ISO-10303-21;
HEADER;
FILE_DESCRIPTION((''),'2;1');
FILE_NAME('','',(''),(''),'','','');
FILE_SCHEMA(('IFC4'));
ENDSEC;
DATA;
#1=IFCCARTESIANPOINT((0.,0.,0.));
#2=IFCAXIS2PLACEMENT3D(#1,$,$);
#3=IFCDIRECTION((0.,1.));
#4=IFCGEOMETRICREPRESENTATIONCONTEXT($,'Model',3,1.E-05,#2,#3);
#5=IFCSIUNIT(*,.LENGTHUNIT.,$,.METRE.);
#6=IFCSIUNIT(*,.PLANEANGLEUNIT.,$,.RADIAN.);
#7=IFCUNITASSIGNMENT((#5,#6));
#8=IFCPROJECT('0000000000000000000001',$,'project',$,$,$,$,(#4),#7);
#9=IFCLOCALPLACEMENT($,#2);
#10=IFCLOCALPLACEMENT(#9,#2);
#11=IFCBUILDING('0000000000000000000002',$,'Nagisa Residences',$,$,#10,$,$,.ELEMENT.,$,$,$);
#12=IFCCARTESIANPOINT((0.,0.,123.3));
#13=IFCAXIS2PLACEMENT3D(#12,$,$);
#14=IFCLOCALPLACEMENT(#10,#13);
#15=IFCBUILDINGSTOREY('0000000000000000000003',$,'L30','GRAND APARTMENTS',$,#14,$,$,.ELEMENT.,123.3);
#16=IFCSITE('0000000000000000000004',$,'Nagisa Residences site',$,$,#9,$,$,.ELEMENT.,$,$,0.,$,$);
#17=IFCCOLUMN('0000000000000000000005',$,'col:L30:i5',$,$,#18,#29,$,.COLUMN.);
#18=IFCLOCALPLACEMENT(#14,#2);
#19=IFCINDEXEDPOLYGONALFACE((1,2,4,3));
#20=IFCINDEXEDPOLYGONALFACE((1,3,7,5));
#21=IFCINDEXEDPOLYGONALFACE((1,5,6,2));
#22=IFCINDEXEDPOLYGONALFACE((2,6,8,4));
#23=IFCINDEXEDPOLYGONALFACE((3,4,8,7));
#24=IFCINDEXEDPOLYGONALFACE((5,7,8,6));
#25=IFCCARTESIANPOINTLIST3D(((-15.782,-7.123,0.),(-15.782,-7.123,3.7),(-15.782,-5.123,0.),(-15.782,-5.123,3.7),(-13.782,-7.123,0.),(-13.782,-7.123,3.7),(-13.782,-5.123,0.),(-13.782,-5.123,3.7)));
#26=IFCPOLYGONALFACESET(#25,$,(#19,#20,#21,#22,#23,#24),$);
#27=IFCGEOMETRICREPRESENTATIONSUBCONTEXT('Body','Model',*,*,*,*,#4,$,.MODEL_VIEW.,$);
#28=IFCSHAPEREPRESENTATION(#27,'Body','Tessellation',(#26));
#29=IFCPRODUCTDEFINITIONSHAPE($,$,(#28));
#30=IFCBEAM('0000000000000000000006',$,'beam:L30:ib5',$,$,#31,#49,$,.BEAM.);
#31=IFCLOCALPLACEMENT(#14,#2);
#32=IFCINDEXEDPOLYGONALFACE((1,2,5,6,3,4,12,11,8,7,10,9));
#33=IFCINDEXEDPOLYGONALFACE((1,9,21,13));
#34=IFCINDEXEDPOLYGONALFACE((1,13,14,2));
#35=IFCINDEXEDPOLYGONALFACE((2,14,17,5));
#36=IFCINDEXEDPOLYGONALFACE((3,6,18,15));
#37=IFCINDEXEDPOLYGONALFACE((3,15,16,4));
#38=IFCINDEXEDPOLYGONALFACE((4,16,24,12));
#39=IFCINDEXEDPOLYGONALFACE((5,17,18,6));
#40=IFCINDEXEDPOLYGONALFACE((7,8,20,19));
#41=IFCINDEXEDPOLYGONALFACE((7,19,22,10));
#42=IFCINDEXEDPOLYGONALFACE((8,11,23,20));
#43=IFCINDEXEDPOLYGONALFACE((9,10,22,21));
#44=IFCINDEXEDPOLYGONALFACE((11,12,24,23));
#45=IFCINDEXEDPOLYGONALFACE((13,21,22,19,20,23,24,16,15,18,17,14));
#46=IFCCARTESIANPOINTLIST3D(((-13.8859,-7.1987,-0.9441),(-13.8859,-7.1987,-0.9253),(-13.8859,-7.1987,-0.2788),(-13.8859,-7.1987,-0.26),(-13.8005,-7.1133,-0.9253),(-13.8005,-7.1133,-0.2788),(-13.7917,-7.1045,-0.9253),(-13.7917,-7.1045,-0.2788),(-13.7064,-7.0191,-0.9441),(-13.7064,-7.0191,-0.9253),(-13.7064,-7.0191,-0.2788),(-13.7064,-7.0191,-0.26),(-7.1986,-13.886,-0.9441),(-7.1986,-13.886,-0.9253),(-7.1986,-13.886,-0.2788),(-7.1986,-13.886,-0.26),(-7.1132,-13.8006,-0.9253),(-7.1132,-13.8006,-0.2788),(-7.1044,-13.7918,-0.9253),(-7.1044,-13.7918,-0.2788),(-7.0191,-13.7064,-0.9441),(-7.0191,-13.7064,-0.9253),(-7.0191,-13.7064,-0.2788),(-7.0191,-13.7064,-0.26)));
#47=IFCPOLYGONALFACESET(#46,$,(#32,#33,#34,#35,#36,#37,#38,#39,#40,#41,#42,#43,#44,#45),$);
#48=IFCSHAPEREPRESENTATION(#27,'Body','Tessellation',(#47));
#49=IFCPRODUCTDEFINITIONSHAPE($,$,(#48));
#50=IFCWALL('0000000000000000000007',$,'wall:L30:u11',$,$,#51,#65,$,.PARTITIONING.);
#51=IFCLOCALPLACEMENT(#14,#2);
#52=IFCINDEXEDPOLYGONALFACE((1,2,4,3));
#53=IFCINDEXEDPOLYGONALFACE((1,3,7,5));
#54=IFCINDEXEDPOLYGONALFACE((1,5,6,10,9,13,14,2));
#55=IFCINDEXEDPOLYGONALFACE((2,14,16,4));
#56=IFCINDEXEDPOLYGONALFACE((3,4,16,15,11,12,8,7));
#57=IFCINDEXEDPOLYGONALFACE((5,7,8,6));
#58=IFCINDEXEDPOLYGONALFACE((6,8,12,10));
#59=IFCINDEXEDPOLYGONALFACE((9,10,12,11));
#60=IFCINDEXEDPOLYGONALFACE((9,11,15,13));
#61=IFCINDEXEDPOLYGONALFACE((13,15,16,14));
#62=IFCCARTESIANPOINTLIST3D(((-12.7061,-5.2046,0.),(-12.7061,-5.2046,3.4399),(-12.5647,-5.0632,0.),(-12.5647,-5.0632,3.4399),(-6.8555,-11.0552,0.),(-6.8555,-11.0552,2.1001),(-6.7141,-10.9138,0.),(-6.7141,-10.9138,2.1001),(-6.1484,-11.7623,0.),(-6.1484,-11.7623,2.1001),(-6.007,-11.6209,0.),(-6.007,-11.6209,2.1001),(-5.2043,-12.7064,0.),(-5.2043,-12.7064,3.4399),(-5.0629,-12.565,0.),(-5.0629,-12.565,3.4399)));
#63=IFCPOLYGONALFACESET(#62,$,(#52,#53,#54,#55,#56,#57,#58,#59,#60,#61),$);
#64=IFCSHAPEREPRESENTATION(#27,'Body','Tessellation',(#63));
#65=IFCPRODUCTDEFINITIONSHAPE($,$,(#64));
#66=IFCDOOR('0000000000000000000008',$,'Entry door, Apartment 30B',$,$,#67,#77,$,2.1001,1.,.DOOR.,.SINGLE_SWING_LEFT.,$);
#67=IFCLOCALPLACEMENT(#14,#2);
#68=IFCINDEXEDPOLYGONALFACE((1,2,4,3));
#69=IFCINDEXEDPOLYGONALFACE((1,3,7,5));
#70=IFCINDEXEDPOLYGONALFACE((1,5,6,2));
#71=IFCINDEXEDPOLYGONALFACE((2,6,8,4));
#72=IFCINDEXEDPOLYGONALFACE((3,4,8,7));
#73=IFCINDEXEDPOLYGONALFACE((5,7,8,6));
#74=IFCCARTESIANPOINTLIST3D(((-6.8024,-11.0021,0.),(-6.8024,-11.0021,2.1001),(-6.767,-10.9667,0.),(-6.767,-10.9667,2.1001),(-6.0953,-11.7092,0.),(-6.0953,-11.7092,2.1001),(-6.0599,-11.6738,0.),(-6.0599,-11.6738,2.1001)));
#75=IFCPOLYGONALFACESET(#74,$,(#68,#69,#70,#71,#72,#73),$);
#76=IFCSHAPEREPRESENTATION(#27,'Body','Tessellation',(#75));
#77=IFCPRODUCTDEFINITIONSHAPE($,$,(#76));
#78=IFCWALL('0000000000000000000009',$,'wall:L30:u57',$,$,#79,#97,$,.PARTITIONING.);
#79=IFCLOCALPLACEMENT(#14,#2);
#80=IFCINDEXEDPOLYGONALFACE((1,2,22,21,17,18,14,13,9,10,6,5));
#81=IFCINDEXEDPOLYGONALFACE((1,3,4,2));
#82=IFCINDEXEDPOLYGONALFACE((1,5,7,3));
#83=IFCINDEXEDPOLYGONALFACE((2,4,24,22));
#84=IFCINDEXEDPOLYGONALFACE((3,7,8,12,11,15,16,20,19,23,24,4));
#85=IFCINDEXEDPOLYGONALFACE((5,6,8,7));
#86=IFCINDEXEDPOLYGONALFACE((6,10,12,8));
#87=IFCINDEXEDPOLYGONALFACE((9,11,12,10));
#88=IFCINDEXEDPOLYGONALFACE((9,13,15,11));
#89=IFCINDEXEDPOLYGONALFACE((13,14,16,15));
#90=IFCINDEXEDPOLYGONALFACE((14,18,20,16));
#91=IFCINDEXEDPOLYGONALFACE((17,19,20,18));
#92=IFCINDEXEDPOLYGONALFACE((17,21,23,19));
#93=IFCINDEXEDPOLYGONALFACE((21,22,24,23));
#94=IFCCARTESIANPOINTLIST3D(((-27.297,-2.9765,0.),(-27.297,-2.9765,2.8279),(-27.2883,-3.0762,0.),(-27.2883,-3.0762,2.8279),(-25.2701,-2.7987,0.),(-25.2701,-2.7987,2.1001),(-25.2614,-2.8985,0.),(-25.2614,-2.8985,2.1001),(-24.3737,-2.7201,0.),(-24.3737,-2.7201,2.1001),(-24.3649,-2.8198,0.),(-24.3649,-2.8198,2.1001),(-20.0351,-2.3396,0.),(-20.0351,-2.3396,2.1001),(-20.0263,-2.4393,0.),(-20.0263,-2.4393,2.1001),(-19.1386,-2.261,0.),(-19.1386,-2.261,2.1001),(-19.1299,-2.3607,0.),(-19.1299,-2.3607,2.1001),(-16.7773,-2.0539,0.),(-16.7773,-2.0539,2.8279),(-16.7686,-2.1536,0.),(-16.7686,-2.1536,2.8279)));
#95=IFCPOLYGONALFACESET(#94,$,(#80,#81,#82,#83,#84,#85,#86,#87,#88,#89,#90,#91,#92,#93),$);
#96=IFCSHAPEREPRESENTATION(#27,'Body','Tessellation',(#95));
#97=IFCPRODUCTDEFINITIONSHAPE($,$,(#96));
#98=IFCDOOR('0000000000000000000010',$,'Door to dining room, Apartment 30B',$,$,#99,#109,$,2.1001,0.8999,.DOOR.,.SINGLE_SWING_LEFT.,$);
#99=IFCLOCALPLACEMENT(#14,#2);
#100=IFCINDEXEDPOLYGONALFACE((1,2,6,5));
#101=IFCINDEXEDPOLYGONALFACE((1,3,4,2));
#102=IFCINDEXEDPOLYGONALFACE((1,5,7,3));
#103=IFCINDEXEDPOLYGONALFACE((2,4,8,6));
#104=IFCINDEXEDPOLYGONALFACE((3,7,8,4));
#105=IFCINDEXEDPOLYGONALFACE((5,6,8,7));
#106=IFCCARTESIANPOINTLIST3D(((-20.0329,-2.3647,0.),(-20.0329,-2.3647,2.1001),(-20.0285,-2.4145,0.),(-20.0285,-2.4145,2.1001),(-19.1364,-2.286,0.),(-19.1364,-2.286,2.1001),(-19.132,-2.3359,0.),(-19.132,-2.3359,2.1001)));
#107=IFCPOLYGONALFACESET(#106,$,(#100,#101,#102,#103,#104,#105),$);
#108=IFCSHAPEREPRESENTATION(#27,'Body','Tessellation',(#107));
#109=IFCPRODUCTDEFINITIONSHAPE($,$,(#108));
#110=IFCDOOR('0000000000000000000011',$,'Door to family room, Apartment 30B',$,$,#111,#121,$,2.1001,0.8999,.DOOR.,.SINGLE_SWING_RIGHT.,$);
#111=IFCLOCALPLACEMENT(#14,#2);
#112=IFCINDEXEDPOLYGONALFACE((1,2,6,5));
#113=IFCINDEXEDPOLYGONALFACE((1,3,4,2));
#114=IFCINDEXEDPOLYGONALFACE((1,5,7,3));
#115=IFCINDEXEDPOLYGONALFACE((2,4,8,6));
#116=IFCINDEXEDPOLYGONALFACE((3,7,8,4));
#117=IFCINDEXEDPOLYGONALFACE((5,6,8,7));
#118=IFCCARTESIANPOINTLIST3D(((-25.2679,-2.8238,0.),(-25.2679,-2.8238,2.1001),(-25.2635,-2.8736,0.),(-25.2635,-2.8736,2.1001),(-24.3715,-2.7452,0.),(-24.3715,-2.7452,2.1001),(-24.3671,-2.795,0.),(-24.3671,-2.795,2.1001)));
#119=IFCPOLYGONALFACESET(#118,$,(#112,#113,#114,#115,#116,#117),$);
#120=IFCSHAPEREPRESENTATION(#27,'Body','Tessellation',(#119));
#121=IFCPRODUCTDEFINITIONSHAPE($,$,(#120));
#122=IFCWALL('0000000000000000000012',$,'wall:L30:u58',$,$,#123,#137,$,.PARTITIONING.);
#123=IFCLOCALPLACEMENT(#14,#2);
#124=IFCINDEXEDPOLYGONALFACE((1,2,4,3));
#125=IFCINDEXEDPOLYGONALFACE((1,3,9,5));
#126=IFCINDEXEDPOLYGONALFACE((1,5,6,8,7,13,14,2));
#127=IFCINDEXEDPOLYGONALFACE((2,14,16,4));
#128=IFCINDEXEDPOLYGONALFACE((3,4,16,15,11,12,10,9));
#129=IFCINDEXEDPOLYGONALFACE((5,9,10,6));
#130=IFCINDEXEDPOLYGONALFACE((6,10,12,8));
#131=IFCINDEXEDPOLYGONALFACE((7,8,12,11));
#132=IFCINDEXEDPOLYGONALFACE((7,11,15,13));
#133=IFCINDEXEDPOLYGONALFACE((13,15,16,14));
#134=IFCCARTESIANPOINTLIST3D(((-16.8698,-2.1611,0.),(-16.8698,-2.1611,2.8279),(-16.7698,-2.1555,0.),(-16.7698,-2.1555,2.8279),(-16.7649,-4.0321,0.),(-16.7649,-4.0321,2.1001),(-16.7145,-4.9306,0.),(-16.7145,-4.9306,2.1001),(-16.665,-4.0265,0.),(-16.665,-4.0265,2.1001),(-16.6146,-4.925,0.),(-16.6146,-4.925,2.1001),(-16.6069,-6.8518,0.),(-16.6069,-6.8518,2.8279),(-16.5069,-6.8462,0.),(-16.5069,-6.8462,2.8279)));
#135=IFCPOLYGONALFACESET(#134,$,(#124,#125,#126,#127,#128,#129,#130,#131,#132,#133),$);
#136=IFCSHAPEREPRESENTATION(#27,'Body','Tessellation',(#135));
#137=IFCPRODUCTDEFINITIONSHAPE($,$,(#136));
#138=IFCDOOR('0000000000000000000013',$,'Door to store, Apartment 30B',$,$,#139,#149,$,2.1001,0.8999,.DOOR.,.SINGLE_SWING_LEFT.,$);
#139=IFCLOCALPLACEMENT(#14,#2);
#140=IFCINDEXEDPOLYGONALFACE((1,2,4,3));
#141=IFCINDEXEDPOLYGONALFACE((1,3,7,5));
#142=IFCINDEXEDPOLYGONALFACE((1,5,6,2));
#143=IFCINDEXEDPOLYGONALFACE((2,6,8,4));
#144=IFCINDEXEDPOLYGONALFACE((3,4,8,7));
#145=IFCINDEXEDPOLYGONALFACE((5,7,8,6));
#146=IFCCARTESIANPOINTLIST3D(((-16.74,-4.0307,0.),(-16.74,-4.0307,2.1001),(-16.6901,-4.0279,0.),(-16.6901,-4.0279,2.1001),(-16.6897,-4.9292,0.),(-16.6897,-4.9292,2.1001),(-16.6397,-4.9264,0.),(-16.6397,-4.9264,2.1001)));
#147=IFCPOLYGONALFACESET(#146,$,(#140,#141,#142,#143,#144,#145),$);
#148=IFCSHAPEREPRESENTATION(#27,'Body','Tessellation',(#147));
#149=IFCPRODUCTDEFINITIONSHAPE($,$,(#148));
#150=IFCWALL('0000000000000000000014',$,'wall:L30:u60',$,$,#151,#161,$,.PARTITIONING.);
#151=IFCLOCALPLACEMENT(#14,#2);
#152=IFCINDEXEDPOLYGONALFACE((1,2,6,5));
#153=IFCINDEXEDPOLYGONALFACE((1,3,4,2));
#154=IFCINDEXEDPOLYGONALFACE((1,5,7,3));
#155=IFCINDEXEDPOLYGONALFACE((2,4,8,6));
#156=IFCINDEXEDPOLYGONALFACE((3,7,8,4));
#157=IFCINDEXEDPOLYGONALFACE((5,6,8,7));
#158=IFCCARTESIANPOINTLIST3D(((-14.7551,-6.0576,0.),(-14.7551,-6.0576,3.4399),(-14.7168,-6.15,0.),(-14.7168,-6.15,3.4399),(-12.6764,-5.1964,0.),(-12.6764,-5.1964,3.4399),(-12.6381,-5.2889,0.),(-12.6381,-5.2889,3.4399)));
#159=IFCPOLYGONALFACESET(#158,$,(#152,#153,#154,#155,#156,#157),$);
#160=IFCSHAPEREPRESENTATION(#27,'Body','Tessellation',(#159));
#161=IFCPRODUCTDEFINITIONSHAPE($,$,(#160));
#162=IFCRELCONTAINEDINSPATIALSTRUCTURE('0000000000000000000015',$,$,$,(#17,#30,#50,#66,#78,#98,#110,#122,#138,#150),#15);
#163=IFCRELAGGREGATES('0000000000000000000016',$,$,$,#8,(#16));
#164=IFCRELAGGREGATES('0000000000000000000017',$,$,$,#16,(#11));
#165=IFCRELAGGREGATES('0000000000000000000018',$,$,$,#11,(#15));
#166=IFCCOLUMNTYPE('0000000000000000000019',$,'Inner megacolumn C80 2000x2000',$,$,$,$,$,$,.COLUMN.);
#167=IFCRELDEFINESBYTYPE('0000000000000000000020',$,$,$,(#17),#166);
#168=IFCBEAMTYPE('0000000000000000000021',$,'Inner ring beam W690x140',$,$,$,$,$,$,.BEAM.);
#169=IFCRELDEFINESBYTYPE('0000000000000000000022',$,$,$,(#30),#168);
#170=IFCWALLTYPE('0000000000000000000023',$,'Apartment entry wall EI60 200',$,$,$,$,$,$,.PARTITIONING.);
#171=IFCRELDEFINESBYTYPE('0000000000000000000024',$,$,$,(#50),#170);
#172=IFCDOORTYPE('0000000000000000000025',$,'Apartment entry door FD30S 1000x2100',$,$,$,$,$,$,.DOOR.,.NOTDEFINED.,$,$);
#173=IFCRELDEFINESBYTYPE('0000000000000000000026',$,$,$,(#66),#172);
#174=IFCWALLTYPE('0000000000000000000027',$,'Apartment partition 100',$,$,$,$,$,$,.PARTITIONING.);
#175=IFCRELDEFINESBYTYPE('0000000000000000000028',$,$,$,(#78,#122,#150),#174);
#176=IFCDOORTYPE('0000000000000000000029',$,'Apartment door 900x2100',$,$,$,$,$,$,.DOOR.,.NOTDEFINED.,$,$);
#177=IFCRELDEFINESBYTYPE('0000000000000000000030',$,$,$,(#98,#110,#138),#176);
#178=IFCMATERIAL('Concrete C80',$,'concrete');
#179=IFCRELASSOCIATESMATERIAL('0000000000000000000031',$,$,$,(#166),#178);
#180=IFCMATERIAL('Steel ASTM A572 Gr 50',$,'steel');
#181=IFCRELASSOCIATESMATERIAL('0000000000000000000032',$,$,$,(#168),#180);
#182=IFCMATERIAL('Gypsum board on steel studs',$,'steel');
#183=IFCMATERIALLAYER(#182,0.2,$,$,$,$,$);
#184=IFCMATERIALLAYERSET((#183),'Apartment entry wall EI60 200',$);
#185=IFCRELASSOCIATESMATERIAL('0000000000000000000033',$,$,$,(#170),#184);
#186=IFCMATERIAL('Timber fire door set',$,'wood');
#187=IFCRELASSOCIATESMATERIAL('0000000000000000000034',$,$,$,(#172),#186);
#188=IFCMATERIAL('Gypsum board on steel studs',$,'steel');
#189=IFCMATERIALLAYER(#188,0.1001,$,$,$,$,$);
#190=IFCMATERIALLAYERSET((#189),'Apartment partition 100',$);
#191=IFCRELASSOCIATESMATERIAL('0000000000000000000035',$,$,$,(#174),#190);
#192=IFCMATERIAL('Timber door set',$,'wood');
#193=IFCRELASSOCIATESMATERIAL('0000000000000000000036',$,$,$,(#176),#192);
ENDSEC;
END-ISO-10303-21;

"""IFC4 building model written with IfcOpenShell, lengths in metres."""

from ifc_helpers import new_model, si_unit, direction, frame, frame_2d, origin, origin_2d, place, context, subcontext, project, spatial, rectangle, i_section, extrude, material, layer, layer_set, material_profile, profile_set, type_object, element, fill, save


model = new_model("IFC4")

# Units and contexts
model_context = context("Model", 3, precision=1e-05, world=origin(), true_north=direction((0.0, 1.0)))
body_context = subcontext(model_context, "Body", "Model", "MODEL_VIEW")
ifc_project = project(units=[si_unit("LENGTHUNIT", "METRE"), si_unit("PLANEANGLEUNIT", "RADIAN")], contexts=[model_context])

# Site, building, storey
site_placement = place(None, origin())
site = spatial("IfcSite", under=ifc_project, at=site_placement, Name="Nagisa Residences site", CompositionType="ELEMENT", RefElevation=0.0)
building_placement = place(site_placement, origin())
building = spatial("IfcBuilding", under=site, at=building_placement, Name="Nagisa Residences", CompositionType="ELEMENT")
storey_placement = place(building_placement, frame((0.0, 0.0, 123.3)))
storey = spatial("IfcBuildingStorey", under=building, at=storey_placement, Name="L30", Description="GRAND APARTMENTS", CompositionType="ELEMENT", Elevation=123.3)

# Column
ifc_material_1 = material(Name="Concrete C80", Category="concrete")
ifc_material_profile_1 = material_profile(ifc_material_1, rectangle(XDim=2.0, YDim=2.0, at=origin_2d()), Name="C80 2000x2000")
ifc_profile_set_1 = profile_set([ifc_material_profile_1], Name="Concrete C80")
column_type = type_object("IfcColumnType", Name="Inner megacolumn C80 2000x2000", PredefinedType="COLUMN", material=ifc_profile_set_1)
column_placement = place(storey_placement, frame((-14.782, -6.123, 0.0), z_axis=(0.0, 0.0, 1.0), x_axis=(1.0, 0.0, 0.0)))
element("IfcColumn", 1, at=column_placement, inside=storey, type_object=column_type, Name="col:L30:i5", PredefinedType="COLUMN", context=body_context, shape_type="SweptSolid", body=[
    extrude(rectangle(XDim=2.0, YDim=2.0, at=origin_2d()), origin(), (0.0, 0.0, 1.0), 3.7),
])

# Beam
ifc_material_2 = material(Name="Steel ASTM A572 Gr 50", Category="steel")
ifc_material_profile_2 = material_profile(ifc_material_2, i_section(OverallWidth=0.2539, OverallDepth=0.6841, WebThickness=0.0125, FlangeThickness=0.0188, at=origin_2d()), Name="W690x140")
ifc_profile_set_2 = profile_set([ifc_material_profile_2], Name="Steel ASTM A572 Gr 50")
beam_type = type_object("IfcBeamType", Name="Inner ring beam W690x140", PredefinedType="BEAM", material=ifc_profile_set_2)
beam_placement = place(storey_placement, frame((-13.7961, -7.1089, -0.6021), z_axis=(0.707107, -0.707107, 0.0), x_axis=(0.707107, 0.707107, 0.0)))
element("IfcBeam", 2, at=beam_placement, inside=storey, type_object=beam_type, Name="beam:L30:ib5", PredefinedType="BEAM", context=body_context, shape_type="SweptSolid", body=[
    extrude(i_section(OverallWidth=0.2539, OverallDepth=0.6841, WebThickness=0.0125, FlangeThickness=0.0188, at=origin_2d()), origin(), (0.0, 0.0, 1.0), 9.4573),
])

# Wall, opening, door
ifc_material_3 = material(Name="Gypsum board on steel studs", Category="steel")
ifc_layer_1 = layer(ifc_material_3, 0.2)
ifc_layer_set_1 = layer_set([ifc_layer_1], Name="Apartment entry wall EI60 200")
wall_type_1 = type_object("IfcWallType", Name="Apartment entry wall EI60 200", PredefinedType="PARTITIONING", material=ifc_layer_set_1)
wall_1_placement = place(storey_placement, frame((-12.6355, -5.1338, 0.0), z_axis=(0.0, 0.0, 1.0), x_axis=(0.707107, -0.707107, 0.0)))
wall_1 = element("IfcWall", 3, at=wall_1_placement, inside=storey, type_object=wall_type_1, Name="wall:L30:u11", PredefinedType="PARTITIONING", context=body_context, shape_type="SweptSolid", body=[
    extrude(rectangle(XDim=10.6091, YDim=0.2, at=frame_2d((5.3047, 0.0))), origin(), (0.0, 0.0, 1.0), 3.4399),
])
opening_1_placement = place(wall_1_placement, frame((8.2742, 0.0, 0.0)))
opening_1 = element("IfcOpeningElement", 4, at=opening_1_placement, cuts=wall_1, PredefinedType="OPENING", context=body_context, shape_type="SweptSolid", body=[
    extrude(rectangle(XDim=1.0, YDim=2.1001, at=frame_2d((0.5, 1.05))), frame((0.0, 0.1099, 0.0), z_axis=(0.0, -1.0, 0.0), x_axis=(1.0, 0.0, 0.0)), (0.0, 0.0, 1.0), 0.22),
])
ifc_material_4 = material(Name="Timber fire door set", Category="wood")
door_type_1 = type_object("IfcDoorType", Name="Apartment entry door FD30S 1000x2100", OperationType="NOTDEFINED", PredefinedType="DOOR", material=ifc_material_4)
door_1_placement = place(opening_1_placement, frame((1.0, 0.0, 0.0), x_axis=(-1.0, 0.0, 0.0)))
door_1 = element("IfcDoor", 5, at=door_1_placement, inside=storey, type_object=door_type_1, Name="Entry door, Apartment 30B", OperationType="SINGLE_SWING_LEFT", OverallHeight=2.1001, OverallWidth=1.0, PredefinedType="DOOR", context=body_context, shape_type="SweptSolid", body=[
    extrude(rectangle(XDim=1.0, YDim=2.1001, at=frame_2d((0.5, 1.05))), frame((0.0, 0.0249, 0.0), z_axis=(0.0, -1.0, 0.0), x_axis=(1.0, 0.0, 0.0)), (0.0, 0.0, 1.0), 0.05),
])
fill(opening_1, door_1)

# Wall, openings, doors
ifc_material_5 = material(Name="Gypsum board on steel studs", Category="steel")
ifc_layer_2 = layer(ifc_material_5, 0.1001)
ifc_layer_set_2 = layer_set([ifc_layer_2], Name="Apartment partition 100")
wall_type_2 = type_object("IfcWallType", Name="Apartment partition 100", PredefinedType="PARTITIONING", material=ifc_layer_set_2)
wall_2_placement = place(storey_placement, frame((-16.7729, -2.1038, 0.0), z_axis=(0.0, 0.0, 1.0), x_axis=(-0.996176, -0.087367, 0.0)))
wall_2 = element("IfcWall", 6, at=wall_2_placement, inside=storey, type_object=wall_type_2, Name="wall:L30:u57", PredefinedType="PARTITIONING", context=body_context, shape_type="SweptSolid", body=[
    extrude(rectangle(XDim=10.5601, YDim=0.1001, at=frame_2d((5.28, 0.0))), origin(), (0.0, 0.0, 1.0), 2.8279),
])
opening_2_placement = place(wall_2_placement, frame((2.3704, 0.0, 0.0)))
opening_2 = element("IfcOpeningElement", 7, at=opening_2_placement, cuts=wall_2, PredefinedType="OPENING", context=body_context, shape_type="SweptSolid", body=[
    extrude(rectangle(XDim=0.8999, YDim=2.1001, at=frame_2d((0.45, 1.05))), frame((0.0, 0.0601, 0.0), z_axis=(0.0, -1.0, 0.0), x_axis=(1.0, 0.0, 0.0)), (0.0, 0.0, 1.0), 0.1201),
])
opening_3_placement = place(wall_2_placement, frame((7.6255, 0.0, 0.0)))
opening_3 = element("IfcOpeningElement", 8, at=opening_3_placement, cuts=wall_2, PredefinedType="OPENING", context=body_context, shape_type="SweptSolid", body=[
    extrude(rectangle(XDim=0.8999, YDim=2.1001, at=frame_2d((0.45, 1.05))), frame((0.0, 0.0601, 0.0), z_axis=(0.0, -1.0, 0.0), x_axis=(1.0, 0.0, 0.0)), (0.0, 0.0, 1.0), 0.1201),
])
ifc_material_6 = material(Name="Timber door set", Category="wood")
door_type_2 = type_object("IfcDoorType", Name="Apartment door 900x2100", OperationType="NOTDEFINED", PredefinedType="DOOR", material=ifc_material_6)
door_2_placement = place(opening_2_placement, frame((0.8999, 0.0, 0.0), x_axis=(-1.0, 0.0, 0.0)))
door_2 = element("IfcDoor", 9, at=door_2_placement, inside=storey, type_object=door_type_2, Name="Door to dining room, Apartment 30B", OperationType="SINGLE_SWING_LEFT", OverallHeight=2.1001, OverallWidth=0.8999, PredefinedType="DOOR", context=body_context, shape_type="SweptSolid", body=[
    extrude(rectangle(XDim=0.8999, YDim=2.1001, at=frame_2d((0.45, 1.05))), frame((0.0, 0.0249, 0.0), z_axis=(0.0, -1.0, 0.0), x_axis=(1.0, 0.0, 0.0)), (0.0, 0.0, 1.0), 0.05),
])
fill(opening_2, door_2)
door_3_placement = place(opening_3_placement, frame((0.8999, 0.0, 0.0), x_axis=(-1.0, 0.0, 0.0)))
door_3 = element("IfcDoor", 10, at=door_3_placement, inside=storey, type_object=door_type_2, Name="Door to family room, Apartment 30B", OperationType="SINGLE_SWING_RIGHT", OverallHeight=2.1001, OverallWidth=0.8999, PredefinedType="DOOR", context=body_context, shape_type="SweptSolid", body=[
    extrude(rectangle(XDim=0.8999, YDim=2.1001, at=frame_2d((0.45, 1.05))), frame((0.0, 0.0249, 0.0), z_axis=(0.0, -1.0, 0.0), x_axis=(1.0, 0.0, 0.0)), (0.0, 0.0, 1.0), 0.05),
])
fill(opening_3, door_3)

# Wall, opening, door
wall_3_placement = place(storey_placement, frame((-16.8198, -2.1582, 0.0), z_axis=(0.0, 0.0, 1.0), x_axis=(0.055968, -0.998433, 0.0)))
wall_3 = element("IfcWall", 11, at=wall_3_placement, inside=storey, type_object=wall_type_2, Name="wall:L30:u58", PredefinedType="PARTITIONING", context=body_context, shape_type="SweptSolid", body=[
    extrude(rectangle(XDim=4.698, YDim=0.1001, at=frame_2d((2.3491, 0.0))), origin(), (0.0, 0.0, 1.0), 2.8279),
])
opening_4_placement = place(wall_3_placement, frame((1.874, 0.0, 0.0)))
opening_4 = element("IfcOpeningElement", 12, at=opening_4_placement, cuts=wall_3, PredefinedType="OPENING", context=body_context, shape_type="SweptSolid", body=[
    extrude(rectangle(XDim=0.8999, YDim=2.1001, at=frame_2d((0.45, 1.05))), frame((0.0, 0.0601, 0.0), z_axis=(0.0, -1.0, 0.0), x_axis=(1.0, 0.0, 0.0)), (0.0, 0.0, 1.0), 0.1201),
])
door_4_placement = place(opening_4_placement, origin())
door_4 = element("IfcDoor", 13, at=door_4_placement, inside=storey, type_object=door_type_2, Name="Door to store, Apartment 30B", OperationType="SINGLE_SWING_LEFT", OverallHeight=2.1001, OverallWidth=0.8999, PredefinedType="DOOR", context=body_context, shape_type="SweptSolid", body=[
    extrude(rectangle(XDim=0.8999, YDim=2.1001, at=frame_2d((0.45, 1.05))), frame((0.0, 0.0249, 0.0), z_axis=(0.0, -1.0, 0.0), x_axis=(1.0, 0.0, 0.0)), (0.0, 0.0, 1.0), 0.05),
])
fill(opening_4, door_4)

# Wall
wall_4_placement = place(storey_placement, frame((-12.6572, -5.2427, 0.0), z_axis=(0.0, 0.0, 1.0), x_axis=(-0.923865, -0.382719, 0.0)))
element("IfcWall", 14, at=wall_4_placement, inside=storey, type_object=wall_type_2, Name="wall:L30:u60", PredefinedType="PARTITIONING", context=body_context, shape_type="SweptSolid", body=[
    extrude(rectangle(XDim=2.25, YDim=0.1001, at=frame_2d((1.125, 0.0))), origin(), (0.0, 0.0, 1.0), 3.4399),
])

save(model, "model.ifc")
